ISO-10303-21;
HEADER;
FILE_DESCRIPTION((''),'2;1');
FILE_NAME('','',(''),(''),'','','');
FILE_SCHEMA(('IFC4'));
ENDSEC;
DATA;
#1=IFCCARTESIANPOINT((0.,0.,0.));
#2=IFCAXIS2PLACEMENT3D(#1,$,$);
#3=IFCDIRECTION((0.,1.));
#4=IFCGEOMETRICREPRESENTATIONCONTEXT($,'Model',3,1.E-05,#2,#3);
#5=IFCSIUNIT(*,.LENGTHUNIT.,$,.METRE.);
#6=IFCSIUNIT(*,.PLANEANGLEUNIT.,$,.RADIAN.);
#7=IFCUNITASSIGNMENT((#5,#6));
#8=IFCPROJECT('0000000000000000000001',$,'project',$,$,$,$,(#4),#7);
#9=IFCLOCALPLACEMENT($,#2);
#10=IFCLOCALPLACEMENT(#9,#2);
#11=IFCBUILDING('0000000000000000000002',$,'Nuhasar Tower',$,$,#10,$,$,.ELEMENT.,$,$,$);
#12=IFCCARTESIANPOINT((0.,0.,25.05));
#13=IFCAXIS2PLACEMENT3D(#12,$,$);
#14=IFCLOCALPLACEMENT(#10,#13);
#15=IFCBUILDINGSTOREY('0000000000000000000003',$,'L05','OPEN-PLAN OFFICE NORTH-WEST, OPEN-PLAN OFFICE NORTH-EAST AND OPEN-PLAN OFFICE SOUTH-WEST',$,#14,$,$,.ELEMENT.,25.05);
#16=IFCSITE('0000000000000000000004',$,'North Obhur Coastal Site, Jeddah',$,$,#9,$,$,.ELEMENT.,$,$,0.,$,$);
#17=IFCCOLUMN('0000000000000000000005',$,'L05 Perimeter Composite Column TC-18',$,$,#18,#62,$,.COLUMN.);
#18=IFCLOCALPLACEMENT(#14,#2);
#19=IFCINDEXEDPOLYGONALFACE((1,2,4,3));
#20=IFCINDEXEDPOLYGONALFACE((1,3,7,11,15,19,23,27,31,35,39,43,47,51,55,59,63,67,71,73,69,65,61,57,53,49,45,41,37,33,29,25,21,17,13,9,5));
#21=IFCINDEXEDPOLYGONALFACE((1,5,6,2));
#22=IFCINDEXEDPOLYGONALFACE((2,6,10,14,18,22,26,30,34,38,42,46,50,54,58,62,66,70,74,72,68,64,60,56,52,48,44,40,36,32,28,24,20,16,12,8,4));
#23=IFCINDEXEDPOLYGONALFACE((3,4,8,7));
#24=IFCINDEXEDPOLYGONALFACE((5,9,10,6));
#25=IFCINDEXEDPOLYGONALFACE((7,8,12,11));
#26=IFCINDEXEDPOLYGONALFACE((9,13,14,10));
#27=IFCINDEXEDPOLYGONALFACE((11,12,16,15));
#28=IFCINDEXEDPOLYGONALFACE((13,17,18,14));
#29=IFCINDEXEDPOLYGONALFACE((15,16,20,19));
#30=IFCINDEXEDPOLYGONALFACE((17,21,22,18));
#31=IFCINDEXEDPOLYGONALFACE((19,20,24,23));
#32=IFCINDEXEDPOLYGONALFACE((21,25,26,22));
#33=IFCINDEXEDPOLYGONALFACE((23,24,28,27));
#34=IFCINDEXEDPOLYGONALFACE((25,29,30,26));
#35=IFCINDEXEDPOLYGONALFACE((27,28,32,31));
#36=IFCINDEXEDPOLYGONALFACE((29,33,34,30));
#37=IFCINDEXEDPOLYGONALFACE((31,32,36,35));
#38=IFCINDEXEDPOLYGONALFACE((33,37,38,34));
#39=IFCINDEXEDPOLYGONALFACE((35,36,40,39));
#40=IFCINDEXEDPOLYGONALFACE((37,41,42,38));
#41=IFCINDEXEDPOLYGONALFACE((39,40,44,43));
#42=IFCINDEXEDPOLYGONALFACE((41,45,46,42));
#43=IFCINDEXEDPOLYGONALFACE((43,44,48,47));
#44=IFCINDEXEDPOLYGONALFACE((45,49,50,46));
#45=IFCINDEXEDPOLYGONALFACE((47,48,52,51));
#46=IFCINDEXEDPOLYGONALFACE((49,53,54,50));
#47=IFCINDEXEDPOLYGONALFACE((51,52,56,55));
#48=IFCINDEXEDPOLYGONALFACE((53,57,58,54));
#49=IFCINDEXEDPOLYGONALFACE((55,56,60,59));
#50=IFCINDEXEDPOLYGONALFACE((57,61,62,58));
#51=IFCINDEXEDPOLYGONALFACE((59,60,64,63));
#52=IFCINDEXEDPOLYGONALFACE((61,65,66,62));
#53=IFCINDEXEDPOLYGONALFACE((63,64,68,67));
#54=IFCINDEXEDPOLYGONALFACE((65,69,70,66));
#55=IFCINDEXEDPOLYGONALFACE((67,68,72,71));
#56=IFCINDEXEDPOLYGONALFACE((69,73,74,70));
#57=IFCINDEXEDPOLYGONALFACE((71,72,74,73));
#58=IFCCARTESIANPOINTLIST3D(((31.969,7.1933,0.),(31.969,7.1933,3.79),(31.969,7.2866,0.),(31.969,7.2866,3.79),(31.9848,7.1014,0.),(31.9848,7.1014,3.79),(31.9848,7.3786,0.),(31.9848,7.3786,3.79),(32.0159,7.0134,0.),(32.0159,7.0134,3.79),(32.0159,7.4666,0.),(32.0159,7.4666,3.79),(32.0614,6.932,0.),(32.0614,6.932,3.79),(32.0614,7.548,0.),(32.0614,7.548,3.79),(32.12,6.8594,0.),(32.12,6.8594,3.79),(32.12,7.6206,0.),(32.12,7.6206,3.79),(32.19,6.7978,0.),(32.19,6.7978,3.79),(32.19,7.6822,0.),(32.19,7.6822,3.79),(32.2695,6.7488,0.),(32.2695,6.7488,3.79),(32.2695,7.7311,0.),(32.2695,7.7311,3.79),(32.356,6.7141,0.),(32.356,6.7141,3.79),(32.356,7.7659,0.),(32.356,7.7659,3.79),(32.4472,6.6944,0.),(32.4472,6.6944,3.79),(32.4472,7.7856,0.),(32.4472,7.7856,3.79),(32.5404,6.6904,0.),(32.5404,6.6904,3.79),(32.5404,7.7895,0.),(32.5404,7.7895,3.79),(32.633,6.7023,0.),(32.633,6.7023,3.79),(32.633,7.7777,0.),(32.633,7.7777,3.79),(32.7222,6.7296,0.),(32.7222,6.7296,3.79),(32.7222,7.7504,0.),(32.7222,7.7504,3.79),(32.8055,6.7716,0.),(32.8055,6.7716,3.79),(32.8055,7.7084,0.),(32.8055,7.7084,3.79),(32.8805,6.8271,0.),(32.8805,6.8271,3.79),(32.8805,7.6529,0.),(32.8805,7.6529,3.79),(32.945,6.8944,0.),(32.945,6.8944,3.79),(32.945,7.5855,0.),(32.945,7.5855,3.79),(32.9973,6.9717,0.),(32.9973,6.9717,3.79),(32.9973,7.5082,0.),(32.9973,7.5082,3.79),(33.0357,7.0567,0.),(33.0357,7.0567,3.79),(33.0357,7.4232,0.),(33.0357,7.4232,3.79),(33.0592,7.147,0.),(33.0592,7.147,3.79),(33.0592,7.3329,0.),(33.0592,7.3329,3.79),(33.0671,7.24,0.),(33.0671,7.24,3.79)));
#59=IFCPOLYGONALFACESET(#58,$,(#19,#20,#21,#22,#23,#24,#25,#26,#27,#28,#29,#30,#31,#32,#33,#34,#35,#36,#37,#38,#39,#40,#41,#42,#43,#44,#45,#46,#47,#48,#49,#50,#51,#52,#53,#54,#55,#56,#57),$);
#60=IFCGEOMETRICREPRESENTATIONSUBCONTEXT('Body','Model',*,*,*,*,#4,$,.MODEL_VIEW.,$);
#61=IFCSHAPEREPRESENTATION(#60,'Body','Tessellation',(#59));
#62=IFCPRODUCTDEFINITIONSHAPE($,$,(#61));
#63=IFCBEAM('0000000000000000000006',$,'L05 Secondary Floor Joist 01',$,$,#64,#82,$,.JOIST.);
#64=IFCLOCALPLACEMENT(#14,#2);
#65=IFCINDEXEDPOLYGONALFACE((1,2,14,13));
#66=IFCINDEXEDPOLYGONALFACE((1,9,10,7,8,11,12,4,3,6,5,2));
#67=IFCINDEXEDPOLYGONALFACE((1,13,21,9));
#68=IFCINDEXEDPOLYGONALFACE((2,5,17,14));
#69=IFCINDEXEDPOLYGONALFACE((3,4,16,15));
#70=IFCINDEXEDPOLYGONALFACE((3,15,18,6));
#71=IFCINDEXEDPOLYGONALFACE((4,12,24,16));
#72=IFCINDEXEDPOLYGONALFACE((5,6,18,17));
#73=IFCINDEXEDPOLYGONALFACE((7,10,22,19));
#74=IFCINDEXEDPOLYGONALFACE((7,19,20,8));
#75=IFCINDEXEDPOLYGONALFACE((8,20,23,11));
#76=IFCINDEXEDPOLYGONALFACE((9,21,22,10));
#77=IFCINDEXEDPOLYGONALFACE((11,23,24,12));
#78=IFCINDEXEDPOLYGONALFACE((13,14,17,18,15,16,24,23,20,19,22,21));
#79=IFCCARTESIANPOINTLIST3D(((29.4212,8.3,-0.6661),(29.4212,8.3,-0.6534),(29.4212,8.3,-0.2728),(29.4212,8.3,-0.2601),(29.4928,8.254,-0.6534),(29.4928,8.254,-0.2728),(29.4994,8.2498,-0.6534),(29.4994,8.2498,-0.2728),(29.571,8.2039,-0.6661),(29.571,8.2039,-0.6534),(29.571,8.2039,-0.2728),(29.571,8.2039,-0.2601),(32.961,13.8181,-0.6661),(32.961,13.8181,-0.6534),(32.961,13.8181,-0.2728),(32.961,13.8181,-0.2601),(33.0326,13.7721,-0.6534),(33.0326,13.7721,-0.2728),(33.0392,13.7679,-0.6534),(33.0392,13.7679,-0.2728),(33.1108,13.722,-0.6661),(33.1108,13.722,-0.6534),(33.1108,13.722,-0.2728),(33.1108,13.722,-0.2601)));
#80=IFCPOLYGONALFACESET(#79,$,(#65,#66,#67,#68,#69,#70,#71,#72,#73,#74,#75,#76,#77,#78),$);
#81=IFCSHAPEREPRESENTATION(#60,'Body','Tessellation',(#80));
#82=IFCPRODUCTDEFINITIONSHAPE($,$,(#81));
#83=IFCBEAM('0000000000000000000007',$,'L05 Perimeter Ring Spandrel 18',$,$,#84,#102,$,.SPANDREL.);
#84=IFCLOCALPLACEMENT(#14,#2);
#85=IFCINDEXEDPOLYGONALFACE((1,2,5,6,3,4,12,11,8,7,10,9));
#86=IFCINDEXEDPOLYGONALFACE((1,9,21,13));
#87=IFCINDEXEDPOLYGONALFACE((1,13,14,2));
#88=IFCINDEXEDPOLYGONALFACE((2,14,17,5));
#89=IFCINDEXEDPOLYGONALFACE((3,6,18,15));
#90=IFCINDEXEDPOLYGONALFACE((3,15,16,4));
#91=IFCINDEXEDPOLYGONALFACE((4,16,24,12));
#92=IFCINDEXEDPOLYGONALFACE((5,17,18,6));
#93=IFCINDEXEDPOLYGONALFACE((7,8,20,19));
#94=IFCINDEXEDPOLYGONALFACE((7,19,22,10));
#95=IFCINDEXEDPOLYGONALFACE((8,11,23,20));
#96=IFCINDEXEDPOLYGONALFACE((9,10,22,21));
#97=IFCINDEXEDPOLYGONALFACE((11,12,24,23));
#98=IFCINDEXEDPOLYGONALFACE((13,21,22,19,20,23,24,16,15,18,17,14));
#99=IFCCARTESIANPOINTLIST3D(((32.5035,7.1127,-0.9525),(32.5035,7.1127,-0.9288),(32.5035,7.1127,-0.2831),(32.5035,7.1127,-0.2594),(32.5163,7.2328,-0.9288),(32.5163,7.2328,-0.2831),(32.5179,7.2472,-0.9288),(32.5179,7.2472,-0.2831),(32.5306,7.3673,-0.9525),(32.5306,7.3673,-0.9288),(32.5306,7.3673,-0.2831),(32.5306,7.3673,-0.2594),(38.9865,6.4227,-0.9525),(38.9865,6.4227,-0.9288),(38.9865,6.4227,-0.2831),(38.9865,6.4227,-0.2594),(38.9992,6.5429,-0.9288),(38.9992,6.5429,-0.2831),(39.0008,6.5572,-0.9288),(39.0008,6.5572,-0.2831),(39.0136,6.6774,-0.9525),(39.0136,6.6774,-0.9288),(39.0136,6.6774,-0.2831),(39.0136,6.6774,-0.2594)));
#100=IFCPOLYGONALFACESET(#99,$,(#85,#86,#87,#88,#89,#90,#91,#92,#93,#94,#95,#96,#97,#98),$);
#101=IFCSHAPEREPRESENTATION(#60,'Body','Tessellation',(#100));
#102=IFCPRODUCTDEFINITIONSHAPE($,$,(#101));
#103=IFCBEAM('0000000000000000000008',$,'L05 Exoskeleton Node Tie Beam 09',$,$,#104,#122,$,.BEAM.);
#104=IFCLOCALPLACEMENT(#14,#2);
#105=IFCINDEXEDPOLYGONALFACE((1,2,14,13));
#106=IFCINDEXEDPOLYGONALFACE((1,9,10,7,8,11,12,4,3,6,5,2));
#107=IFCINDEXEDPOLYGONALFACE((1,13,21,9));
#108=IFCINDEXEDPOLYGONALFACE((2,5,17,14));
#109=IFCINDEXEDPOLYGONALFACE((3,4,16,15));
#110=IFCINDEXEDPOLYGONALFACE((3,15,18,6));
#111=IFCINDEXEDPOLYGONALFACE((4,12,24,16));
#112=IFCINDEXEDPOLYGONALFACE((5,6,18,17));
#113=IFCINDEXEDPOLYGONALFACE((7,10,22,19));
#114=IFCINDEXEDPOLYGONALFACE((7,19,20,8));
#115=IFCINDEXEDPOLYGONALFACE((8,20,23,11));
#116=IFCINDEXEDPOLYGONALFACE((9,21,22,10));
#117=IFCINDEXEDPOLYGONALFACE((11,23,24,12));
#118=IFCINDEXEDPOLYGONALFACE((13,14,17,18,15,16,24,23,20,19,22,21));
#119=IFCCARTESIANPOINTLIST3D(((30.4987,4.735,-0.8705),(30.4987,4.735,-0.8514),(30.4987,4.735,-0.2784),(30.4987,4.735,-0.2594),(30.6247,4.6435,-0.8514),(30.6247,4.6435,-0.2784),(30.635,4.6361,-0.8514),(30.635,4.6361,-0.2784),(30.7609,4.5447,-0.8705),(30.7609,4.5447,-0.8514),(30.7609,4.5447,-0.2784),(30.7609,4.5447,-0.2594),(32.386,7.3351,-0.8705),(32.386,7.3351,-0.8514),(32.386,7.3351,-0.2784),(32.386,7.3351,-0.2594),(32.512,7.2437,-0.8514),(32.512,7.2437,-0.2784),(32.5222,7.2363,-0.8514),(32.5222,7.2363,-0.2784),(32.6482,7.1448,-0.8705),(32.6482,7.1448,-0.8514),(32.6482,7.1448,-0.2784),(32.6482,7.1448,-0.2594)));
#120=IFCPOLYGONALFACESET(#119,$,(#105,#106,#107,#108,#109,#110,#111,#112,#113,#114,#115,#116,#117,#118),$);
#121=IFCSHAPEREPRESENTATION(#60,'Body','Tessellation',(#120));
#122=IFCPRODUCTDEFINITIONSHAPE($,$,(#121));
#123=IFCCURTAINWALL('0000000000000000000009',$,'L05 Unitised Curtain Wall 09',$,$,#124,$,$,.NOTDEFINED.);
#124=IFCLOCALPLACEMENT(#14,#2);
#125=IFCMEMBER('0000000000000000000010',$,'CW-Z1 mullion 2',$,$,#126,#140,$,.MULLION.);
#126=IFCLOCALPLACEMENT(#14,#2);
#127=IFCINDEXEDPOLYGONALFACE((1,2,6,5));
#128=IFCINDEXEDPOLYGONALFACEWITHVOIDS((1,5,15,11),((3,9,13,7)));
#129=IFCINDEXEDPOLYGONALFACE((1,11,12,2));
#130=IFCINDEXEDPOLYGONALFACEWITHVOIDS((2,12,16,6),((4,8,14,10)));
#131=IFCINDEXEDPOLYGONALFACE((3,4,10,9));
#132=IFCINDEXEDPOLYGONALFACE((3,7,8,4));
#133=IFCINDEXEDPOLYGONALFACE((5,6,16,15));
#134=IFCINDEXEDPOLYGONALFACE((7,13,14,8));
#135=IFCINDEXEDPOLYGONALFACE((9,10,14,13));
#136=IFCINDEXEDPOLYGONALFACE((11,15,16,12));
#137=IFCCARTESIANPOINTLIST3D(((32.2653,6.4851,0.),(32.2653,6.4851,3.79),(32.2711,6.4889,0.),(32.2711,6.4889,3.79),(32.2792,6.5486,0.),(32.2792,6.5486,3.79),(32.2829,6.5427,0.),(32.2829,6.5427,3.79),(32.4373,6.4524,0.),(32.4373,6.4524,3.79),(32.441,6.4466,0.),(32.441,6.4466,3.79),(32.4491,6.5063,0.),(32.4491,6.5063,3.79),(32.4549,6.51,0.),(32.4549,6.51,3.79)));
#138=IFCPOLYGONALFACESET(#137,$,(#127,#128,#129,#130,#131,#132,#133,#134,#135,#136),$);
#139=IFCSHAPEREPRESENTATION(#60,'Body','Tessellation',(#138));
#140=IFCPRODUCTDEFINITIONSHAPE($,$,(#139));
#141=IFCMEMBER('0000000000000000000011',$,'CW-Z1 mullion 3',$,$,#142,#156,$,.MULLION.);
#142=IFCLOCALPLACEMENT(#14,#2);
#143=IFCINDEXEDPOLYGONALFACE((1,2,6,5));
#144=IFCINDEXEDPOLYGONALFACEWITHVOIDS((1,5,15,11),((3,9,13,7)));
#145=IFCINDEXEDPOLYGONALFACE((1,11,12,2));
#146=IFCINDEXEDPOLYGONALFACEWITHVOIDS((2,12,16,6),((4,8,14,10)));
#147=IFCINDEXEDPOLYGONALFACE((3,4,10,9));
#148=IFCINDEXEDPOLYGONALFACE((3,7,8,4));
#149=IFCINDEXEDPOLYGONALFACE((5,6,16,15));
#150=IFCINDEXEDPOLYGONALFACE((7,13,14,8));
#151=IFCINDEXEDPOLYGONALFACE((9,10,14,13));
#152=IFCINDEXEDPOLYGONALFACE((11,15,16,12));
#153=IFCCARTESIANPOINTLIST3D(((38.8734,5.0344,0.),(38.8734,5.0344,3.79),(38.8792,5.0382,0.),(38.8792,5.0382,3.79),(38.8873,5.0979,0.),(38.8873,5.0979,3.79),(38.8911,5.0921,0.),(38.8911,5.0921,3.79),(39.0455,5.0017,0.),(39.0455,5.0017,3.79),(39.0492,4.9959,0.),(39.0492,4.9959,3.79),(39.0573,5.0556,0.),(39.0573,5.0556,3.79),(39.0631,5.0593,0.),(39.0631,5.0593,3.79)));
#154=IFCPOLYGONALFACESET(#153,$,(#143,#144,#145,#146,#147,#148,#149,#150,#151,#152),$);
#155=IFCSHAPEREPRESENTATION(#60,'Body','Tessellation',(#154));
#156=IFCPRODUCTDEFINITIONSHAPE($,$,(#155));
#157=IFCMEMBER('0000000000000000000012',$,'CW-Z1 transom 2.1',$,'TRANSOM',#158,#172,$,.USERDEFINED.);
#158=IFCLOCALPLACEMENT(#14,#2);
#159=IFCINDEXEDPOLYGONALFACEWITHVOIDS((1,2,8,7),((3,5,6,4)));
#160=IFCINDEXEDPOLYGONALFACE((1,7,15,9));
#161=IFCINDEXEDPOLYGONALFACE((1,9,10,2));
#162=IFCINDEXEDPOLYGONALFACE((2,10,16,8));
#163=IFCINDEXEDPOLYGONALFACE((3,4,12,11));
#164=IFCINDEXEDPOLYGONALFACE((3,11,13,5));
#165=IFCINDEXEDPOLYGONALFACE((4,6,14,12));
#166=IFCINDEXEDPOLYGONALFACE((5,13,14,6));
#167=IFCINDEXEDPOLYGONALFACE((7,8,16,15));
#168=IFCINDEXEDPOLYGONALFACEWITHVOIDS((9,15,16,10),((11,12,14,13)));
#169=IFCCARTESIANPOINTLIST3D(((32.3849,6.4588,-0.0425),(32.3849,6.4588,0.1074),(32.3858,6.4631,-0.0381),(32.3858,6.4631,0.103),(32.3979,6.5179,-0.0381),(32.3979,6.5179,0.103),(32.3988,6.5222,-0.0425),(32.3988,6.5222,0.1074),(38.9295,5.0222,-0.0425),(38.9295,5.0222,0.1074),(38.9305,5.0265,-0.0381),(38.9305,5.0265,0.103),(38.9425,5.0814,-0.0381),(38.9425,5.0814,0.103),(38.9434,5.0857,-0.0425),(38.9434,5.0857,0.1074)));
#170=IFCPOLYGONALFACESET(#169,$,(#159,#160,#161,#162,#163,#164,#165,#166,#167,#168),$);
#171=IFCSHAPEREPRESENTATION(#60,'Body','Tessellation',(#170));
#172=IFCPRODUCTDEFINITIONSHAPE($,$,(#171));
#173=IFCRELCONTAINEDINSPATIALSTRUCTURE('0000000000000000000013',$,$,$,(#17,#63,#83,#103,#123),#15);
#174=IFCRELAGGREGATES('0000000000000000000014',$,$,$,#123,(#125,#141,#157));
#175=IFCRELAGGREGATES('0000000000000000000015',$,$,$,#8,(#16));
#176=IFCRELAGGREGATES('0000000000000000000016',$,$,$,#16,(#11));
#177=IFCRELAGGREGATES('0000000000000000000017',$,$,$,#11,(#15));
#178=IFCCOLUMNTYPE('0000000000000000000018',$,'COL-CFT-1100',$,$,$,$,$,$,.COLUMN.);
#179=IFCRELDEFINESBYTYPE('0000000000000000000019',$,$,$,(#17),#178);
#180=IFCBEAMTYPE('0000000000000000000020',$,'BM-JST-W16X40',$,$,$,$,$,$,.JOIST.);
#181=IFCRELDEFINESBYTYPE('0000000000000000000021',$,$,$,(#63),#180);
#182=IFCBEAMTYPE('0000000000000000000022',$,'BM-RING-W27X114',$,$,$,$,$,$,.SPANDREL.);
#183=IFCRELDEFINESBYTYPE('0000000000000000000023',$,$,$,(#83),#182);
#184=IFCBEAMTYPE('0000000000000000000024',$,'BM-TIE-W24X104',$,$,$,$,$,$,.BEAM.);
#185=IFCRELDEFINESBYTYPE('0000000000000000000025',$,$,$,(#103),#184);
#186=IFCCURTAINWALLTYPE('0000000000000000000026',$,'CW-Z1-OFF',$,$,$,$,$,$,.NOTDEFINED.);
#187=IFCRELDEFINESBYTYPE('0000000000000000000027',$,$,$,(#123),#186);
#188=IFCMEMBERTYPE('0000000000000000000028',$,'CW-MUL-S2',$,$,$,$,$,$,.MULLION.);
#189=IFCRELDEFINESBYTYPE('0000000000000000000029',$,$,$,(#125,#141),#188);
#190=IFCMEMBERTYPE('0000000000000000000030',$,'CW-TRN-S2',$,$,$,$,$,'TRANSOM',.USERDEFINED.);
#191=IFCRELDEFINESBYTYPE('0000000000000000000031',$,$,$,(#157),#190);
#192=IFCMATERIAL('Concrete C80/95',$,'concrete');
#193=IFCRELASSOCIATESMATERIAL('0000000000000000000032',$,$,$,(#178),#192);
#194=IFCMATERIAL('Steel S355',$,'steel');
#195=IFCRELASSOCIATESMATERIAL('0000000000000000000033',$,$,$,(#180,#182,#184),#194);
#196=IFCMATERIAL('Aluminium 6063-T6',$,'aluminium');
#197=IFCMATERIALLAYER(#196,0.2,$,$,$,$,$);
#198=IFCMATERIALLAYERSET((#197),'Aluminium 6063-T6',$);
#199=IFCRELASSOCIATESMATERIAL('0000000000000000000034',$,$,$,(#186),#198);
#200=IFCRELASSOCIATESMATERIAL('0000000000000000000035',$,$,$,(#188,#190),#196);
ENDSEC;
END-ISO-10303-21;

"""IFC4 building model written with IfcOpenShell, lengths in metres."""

from ifc_helpers import new_model, si_unit, direction, frame, origin, origin_2d, place, context, subcontext, project, spatial, hollow_rectangle, circle, i_section, extrude, material, layer, layer_set, material_profile, profile_set, type_object, element, aggregate, save


model = new_model("IFC4")

# Units and contexts
model_context = context("Model", 3, precision=1e-05, world=origin(), true_north=direction((0.0, 1.0)))
body_context = subcontext(model_context, "Body", "Model", "MODEL_VIEW")
ifc_project = project(units=[si_unit("LENGTHUNIT", "METRE"), si_unit("PLANEANGLEUNIT", "RADIAN")], contexts=[model_context])

# Site, building, storey
site_placement = place(None, origin())
site = spatial("IfcSite", under=ifc_project, at=site_placement, Name="North Obhur Coastal Site, Jeddah", CompositionType="ELEMENT", RefElevation=0.0)
building_placement = place(site_placement, origin())
building = spatial("IfcBuilding", under=site, at=building_placement, Name="Nuhasar Tower", CompositionType="ELEMENT")
storey_placement = place(building_placement, frame((0.0, 0.0, 25.05)))
storey = spatial("IfcBuildingStorey", under=building, at=storey_placement, Name="L05", Description="OPEN-PLAN OFFICE NORTH-WEST, OPEN-PLAN OFFICE NORTH-EAST AND OPEN-PLAN OFFICE SOUTH-WEST", CompositionType="ELEMENT", Elevation=25.05)

# Column
ifc_material_1 = material(Name="Concrete C80/95", Category="concrete")
ifc_material_profile_1 = material_profile(ifc_material_1, circle(Radius=0.55, at=origin_2d()), Name="CFT1100")
ifc_profile_set_1 = profile_set([ifc_material_profile_1], Name="Concrete C80/95")
column_type = type_object("IfcColumnType", Name="COL-CFT-1100", PredefinedType="COLUMN", material=ifc_profile_set_1)
column_placement = place(storey_placement, frame((32.5171, 7.24, 0.0), z_axis=(0.0, 0.0, 1.0), x_axis=(1.0, 0.0, 0.0)))
element("IfcColumn", 1, at=column_placement, inside=storey, type_object=column_type, Name="L05 Perimeter Composite Column TC-18", PredefinedType="COLUMN", context=body_context, shape_type="SweptSolid", body=[
    extrude(circle(Radius=0.55, at=origin_2d()), origin(), (0.0, 0.0, 1.0), 3.79),
])

# Beams
ifc_material_2 = material(Name="Steel S355", Category="steel")
ifc_material_profile_2 = material_profile(ifc_material_2, i_section(OverallWidth=0.178, OverallDepth=0.406, WebThickness=0.0078, FlangeThickness=0.0127, at=origin_2d()), Name="W16X40")
ifc_profile_set_2 = profile_set([ifc_material_profile_2], Name="Steel S355")
beam_type_1 = type_object("IfcBeamType", Name="BM-JST-W16X40", PredefinedType="JOIST", material=ifc_profile_set_2)
beam_1_placement = place(storey_placement, frame((33.0359, 13.77, -0.4631), z_axis=(-0.539944, -0.841701, 0.0), x_axis=(0.841701, -0.539944, 0.0)))
element("IfcBeam", 2, at=beam_1_placement, inside=storey, type_object=beam_type_1, Name="L05 Secondary Floor Joist 01", PredefinedType="JOIST", context=body_context, shape_type="SweptSolid", body=[
    extrude(i_section(OverallWidth=0.178, OverallDepth=0.406, WebThickness=0.0078, FlangeThickness=0.0127, at=origin_2d()), origin(), (0.0, 0.0, 1.0), 6.5559),
])
ifc_material_profile_3 = material_profile(ifc_material_2, i_section(OverallWidth=0.2561, OverallDepth=0.6931, WebThickness=0.0144, FlangeThickness=0.0237, at=origin_2d()), Name="W27X114")
ifc_profile_set_3 = profile_set([ifc_material_profile_3], Name="Steel S355")
beam_type_2 = type_object("IfcBeamType", Name="BM-RING-W27X114", PredefinedType="SPANDREL", material=ifc_profile_set_3)
beam_2_placement = place(storey_placement, frame((32.5171, 7.24, -0.606), z_axis=(0.994385, -0.105827, 0.0), x_axis=(0.105827, 0.994385, 0.0)))
element("IfcBeam", 3, at=beam_2_placement, inside=storey, type_object=beam_type_2, Name="L05 Perimeter Ring Spandrel 18", PredefinedType="SPANDREL", context=body_context, shape_type="SweptSolid", body=[
    extrude(i_section(OverallWidth=0.2561, OverallDepth=0.6931, WebThickness=0.0144, FlangeThickness=0.0237, at=origin_2d()), origin(), (0.0, 0.0, 1.0), 6.5195),
])
ifc_material_profile_4 = material_profile(ifc_material_2, i_section(OverallWidth=0.324, OverallDepth=0.6111, WebThickness=0.0127, FlangeThickness=0.019, at=origin_2d()), Name="W24X104")
ifc_profile_set_4 = profile_set([ifc_material_profile_4], Name="Steel S355")
beam_type_3 = type_object("IfcBeamType", Name="BM-TIE-W24X104", PredefinedType="BEAM", material=ifc_profile_set_4)
beam_3_placement = place(storey_placement, frame((32.5171, 7.24, -0.5649), z_axis=(-0.587403, -0.809294, 0.0), x_axis=(0.809294, -0.587403, 0.0)))
element("IfcBeam", 4, at=beam_3_placement, inside=storey, type_object=beam_type_3, Name="L05 Exoskeleton Node Tie Beam 09", PredefinedType="BEAM", context=body_context, shape_type="SweptSolid", body=[
    extrude(i_section(OverallWidth=0.324, OverallDepth=0.6111, WebThickness=0.0127, FlangeThickness=0.019, at=origin_2d()), origin(), (0.0, 0.0, 1.0), 3.2129),
])

# Curtain wall, members
ifc_material_3 = material(Name="Aluminium 6063-T6", Category="aluminium")
ifc_layer_1 = layer(ifc_material_3, 0.2)
ifc_layer_set_1 = layer_set([ifc_layer_1], Name="Aluminium 6063-T6")
curtain_wall_type = type_object("IfcCurtainWallType", Name="CW-Z1-OFF", PredefinedType="NOTDEFINED", material=ifc_layer_set_1)
curtain_wall_placement = place(storey_placement, origin())
curtain_wall = element("IfcCurtainWall", 5, at=curtain_wall_placement, inside=storey, type_object=curtain_wall_type, Name="L05 Unitised Curtain Wall 09", PredefinedType="NOTDEFINED")
ifc_material_profile_5 = material_profile(ifc_material_3, hollow_rectangle(XDim=0.0649, YDim=0.1799, WallThickness=0.0049, at=origin_2d()), Name="CWM-2")
ifc_profile_set_5 = profile_set([ifc_material_profile_5], Name="Aluminium 6063-T6")
member_type_1 = type_object("IfcMemberType", Name="CW-MUL-S2", PredefinedType="MULLION", material=ifc_profile_set_5)
member_1_placement = place(storey_placement, frame((32.3601, 6.4976, 0.0), z_axis=(0.0, 0.0, 1.0), x_axis=(0.214399, 0.976746, 0.0)))
member_1 = element("IfcMember", 6, at=member_1_placement, type_object=member_type_1, Name="CW-Z1 mullion 2", PredefinedType="MULLION", context=body_context, shape_type="SweptSolid", body=[
    extrude(hollow_rectangle(XDim=0.0649, YDim=0.1799, WallThickness=0.0049, at=origin_2d()), origin(), (0.0, 0.0, 1.0), 3.79),
])
member_2_placement = place(storey_placement, frame((38.9683, 5.0469, 0.0), z_axis=(0.0, 0.0, 1.0), x_axis=(0.214399, 0.976746, 0.0)))
member_2 = element("IfcMember", 7, at=member_2_placement, type_object=member_type_1, Name="CW-Z1 mullion 3", PredefinedType="MULLION", context=body_context, shape_type="SweptSolid", body=[
    extrude(hollow_rectangle(XDim=0.0649, YDim=0.1799, WallThickness=0.0049, at=origin_2d()), origin(), (0.0, 0.0, 1.0), 3.79),
])
ifc_material_profile_6 = material_profile(ifc_material_3, hollow_rectangle(XDim=0.0649, YDim=0.1499, WallThickness=0.0044, at=origin_2d()), Name="CWT-2")
ifc_profile_set_6 = profile_set([ifc_material_profile_6], Name="Aluminium 6063-T6")
member_type_2 = type_object("IfcMemberType", Name="CW-TRN-S2", ElementType="TRANSOM", PredefinedType="USERDEFINED", material=ifc_profile_set_6)
member_3_placement = place(storey_placement, frame((32.3918, 6.4905, 0.0325), z_axis=(0.976748, -0.214391, 0.0), x_axis=(0.214391, 0.976748, 0.0)))
member_3 = element("IfcMember", 8, at=member_3_placement, type_object=member_type_2, Name="CW-Z1 transom 2.1", ObjectType="TRANSOM", PredefinedType="USERDEFINED", context=body_context, shape_type="SweptSolid", body=[
    extrude(hollow_rectangle(XDim=0.0649, YDim=0.1499, WallThickness=0.0044, at=origin_2d()), origin(), (0.0, 0.0, 1.0), 6.7004),
])

aggregate(curtain_wall, [member_1, member_2, member_3])

save(model, "model.ifc")
